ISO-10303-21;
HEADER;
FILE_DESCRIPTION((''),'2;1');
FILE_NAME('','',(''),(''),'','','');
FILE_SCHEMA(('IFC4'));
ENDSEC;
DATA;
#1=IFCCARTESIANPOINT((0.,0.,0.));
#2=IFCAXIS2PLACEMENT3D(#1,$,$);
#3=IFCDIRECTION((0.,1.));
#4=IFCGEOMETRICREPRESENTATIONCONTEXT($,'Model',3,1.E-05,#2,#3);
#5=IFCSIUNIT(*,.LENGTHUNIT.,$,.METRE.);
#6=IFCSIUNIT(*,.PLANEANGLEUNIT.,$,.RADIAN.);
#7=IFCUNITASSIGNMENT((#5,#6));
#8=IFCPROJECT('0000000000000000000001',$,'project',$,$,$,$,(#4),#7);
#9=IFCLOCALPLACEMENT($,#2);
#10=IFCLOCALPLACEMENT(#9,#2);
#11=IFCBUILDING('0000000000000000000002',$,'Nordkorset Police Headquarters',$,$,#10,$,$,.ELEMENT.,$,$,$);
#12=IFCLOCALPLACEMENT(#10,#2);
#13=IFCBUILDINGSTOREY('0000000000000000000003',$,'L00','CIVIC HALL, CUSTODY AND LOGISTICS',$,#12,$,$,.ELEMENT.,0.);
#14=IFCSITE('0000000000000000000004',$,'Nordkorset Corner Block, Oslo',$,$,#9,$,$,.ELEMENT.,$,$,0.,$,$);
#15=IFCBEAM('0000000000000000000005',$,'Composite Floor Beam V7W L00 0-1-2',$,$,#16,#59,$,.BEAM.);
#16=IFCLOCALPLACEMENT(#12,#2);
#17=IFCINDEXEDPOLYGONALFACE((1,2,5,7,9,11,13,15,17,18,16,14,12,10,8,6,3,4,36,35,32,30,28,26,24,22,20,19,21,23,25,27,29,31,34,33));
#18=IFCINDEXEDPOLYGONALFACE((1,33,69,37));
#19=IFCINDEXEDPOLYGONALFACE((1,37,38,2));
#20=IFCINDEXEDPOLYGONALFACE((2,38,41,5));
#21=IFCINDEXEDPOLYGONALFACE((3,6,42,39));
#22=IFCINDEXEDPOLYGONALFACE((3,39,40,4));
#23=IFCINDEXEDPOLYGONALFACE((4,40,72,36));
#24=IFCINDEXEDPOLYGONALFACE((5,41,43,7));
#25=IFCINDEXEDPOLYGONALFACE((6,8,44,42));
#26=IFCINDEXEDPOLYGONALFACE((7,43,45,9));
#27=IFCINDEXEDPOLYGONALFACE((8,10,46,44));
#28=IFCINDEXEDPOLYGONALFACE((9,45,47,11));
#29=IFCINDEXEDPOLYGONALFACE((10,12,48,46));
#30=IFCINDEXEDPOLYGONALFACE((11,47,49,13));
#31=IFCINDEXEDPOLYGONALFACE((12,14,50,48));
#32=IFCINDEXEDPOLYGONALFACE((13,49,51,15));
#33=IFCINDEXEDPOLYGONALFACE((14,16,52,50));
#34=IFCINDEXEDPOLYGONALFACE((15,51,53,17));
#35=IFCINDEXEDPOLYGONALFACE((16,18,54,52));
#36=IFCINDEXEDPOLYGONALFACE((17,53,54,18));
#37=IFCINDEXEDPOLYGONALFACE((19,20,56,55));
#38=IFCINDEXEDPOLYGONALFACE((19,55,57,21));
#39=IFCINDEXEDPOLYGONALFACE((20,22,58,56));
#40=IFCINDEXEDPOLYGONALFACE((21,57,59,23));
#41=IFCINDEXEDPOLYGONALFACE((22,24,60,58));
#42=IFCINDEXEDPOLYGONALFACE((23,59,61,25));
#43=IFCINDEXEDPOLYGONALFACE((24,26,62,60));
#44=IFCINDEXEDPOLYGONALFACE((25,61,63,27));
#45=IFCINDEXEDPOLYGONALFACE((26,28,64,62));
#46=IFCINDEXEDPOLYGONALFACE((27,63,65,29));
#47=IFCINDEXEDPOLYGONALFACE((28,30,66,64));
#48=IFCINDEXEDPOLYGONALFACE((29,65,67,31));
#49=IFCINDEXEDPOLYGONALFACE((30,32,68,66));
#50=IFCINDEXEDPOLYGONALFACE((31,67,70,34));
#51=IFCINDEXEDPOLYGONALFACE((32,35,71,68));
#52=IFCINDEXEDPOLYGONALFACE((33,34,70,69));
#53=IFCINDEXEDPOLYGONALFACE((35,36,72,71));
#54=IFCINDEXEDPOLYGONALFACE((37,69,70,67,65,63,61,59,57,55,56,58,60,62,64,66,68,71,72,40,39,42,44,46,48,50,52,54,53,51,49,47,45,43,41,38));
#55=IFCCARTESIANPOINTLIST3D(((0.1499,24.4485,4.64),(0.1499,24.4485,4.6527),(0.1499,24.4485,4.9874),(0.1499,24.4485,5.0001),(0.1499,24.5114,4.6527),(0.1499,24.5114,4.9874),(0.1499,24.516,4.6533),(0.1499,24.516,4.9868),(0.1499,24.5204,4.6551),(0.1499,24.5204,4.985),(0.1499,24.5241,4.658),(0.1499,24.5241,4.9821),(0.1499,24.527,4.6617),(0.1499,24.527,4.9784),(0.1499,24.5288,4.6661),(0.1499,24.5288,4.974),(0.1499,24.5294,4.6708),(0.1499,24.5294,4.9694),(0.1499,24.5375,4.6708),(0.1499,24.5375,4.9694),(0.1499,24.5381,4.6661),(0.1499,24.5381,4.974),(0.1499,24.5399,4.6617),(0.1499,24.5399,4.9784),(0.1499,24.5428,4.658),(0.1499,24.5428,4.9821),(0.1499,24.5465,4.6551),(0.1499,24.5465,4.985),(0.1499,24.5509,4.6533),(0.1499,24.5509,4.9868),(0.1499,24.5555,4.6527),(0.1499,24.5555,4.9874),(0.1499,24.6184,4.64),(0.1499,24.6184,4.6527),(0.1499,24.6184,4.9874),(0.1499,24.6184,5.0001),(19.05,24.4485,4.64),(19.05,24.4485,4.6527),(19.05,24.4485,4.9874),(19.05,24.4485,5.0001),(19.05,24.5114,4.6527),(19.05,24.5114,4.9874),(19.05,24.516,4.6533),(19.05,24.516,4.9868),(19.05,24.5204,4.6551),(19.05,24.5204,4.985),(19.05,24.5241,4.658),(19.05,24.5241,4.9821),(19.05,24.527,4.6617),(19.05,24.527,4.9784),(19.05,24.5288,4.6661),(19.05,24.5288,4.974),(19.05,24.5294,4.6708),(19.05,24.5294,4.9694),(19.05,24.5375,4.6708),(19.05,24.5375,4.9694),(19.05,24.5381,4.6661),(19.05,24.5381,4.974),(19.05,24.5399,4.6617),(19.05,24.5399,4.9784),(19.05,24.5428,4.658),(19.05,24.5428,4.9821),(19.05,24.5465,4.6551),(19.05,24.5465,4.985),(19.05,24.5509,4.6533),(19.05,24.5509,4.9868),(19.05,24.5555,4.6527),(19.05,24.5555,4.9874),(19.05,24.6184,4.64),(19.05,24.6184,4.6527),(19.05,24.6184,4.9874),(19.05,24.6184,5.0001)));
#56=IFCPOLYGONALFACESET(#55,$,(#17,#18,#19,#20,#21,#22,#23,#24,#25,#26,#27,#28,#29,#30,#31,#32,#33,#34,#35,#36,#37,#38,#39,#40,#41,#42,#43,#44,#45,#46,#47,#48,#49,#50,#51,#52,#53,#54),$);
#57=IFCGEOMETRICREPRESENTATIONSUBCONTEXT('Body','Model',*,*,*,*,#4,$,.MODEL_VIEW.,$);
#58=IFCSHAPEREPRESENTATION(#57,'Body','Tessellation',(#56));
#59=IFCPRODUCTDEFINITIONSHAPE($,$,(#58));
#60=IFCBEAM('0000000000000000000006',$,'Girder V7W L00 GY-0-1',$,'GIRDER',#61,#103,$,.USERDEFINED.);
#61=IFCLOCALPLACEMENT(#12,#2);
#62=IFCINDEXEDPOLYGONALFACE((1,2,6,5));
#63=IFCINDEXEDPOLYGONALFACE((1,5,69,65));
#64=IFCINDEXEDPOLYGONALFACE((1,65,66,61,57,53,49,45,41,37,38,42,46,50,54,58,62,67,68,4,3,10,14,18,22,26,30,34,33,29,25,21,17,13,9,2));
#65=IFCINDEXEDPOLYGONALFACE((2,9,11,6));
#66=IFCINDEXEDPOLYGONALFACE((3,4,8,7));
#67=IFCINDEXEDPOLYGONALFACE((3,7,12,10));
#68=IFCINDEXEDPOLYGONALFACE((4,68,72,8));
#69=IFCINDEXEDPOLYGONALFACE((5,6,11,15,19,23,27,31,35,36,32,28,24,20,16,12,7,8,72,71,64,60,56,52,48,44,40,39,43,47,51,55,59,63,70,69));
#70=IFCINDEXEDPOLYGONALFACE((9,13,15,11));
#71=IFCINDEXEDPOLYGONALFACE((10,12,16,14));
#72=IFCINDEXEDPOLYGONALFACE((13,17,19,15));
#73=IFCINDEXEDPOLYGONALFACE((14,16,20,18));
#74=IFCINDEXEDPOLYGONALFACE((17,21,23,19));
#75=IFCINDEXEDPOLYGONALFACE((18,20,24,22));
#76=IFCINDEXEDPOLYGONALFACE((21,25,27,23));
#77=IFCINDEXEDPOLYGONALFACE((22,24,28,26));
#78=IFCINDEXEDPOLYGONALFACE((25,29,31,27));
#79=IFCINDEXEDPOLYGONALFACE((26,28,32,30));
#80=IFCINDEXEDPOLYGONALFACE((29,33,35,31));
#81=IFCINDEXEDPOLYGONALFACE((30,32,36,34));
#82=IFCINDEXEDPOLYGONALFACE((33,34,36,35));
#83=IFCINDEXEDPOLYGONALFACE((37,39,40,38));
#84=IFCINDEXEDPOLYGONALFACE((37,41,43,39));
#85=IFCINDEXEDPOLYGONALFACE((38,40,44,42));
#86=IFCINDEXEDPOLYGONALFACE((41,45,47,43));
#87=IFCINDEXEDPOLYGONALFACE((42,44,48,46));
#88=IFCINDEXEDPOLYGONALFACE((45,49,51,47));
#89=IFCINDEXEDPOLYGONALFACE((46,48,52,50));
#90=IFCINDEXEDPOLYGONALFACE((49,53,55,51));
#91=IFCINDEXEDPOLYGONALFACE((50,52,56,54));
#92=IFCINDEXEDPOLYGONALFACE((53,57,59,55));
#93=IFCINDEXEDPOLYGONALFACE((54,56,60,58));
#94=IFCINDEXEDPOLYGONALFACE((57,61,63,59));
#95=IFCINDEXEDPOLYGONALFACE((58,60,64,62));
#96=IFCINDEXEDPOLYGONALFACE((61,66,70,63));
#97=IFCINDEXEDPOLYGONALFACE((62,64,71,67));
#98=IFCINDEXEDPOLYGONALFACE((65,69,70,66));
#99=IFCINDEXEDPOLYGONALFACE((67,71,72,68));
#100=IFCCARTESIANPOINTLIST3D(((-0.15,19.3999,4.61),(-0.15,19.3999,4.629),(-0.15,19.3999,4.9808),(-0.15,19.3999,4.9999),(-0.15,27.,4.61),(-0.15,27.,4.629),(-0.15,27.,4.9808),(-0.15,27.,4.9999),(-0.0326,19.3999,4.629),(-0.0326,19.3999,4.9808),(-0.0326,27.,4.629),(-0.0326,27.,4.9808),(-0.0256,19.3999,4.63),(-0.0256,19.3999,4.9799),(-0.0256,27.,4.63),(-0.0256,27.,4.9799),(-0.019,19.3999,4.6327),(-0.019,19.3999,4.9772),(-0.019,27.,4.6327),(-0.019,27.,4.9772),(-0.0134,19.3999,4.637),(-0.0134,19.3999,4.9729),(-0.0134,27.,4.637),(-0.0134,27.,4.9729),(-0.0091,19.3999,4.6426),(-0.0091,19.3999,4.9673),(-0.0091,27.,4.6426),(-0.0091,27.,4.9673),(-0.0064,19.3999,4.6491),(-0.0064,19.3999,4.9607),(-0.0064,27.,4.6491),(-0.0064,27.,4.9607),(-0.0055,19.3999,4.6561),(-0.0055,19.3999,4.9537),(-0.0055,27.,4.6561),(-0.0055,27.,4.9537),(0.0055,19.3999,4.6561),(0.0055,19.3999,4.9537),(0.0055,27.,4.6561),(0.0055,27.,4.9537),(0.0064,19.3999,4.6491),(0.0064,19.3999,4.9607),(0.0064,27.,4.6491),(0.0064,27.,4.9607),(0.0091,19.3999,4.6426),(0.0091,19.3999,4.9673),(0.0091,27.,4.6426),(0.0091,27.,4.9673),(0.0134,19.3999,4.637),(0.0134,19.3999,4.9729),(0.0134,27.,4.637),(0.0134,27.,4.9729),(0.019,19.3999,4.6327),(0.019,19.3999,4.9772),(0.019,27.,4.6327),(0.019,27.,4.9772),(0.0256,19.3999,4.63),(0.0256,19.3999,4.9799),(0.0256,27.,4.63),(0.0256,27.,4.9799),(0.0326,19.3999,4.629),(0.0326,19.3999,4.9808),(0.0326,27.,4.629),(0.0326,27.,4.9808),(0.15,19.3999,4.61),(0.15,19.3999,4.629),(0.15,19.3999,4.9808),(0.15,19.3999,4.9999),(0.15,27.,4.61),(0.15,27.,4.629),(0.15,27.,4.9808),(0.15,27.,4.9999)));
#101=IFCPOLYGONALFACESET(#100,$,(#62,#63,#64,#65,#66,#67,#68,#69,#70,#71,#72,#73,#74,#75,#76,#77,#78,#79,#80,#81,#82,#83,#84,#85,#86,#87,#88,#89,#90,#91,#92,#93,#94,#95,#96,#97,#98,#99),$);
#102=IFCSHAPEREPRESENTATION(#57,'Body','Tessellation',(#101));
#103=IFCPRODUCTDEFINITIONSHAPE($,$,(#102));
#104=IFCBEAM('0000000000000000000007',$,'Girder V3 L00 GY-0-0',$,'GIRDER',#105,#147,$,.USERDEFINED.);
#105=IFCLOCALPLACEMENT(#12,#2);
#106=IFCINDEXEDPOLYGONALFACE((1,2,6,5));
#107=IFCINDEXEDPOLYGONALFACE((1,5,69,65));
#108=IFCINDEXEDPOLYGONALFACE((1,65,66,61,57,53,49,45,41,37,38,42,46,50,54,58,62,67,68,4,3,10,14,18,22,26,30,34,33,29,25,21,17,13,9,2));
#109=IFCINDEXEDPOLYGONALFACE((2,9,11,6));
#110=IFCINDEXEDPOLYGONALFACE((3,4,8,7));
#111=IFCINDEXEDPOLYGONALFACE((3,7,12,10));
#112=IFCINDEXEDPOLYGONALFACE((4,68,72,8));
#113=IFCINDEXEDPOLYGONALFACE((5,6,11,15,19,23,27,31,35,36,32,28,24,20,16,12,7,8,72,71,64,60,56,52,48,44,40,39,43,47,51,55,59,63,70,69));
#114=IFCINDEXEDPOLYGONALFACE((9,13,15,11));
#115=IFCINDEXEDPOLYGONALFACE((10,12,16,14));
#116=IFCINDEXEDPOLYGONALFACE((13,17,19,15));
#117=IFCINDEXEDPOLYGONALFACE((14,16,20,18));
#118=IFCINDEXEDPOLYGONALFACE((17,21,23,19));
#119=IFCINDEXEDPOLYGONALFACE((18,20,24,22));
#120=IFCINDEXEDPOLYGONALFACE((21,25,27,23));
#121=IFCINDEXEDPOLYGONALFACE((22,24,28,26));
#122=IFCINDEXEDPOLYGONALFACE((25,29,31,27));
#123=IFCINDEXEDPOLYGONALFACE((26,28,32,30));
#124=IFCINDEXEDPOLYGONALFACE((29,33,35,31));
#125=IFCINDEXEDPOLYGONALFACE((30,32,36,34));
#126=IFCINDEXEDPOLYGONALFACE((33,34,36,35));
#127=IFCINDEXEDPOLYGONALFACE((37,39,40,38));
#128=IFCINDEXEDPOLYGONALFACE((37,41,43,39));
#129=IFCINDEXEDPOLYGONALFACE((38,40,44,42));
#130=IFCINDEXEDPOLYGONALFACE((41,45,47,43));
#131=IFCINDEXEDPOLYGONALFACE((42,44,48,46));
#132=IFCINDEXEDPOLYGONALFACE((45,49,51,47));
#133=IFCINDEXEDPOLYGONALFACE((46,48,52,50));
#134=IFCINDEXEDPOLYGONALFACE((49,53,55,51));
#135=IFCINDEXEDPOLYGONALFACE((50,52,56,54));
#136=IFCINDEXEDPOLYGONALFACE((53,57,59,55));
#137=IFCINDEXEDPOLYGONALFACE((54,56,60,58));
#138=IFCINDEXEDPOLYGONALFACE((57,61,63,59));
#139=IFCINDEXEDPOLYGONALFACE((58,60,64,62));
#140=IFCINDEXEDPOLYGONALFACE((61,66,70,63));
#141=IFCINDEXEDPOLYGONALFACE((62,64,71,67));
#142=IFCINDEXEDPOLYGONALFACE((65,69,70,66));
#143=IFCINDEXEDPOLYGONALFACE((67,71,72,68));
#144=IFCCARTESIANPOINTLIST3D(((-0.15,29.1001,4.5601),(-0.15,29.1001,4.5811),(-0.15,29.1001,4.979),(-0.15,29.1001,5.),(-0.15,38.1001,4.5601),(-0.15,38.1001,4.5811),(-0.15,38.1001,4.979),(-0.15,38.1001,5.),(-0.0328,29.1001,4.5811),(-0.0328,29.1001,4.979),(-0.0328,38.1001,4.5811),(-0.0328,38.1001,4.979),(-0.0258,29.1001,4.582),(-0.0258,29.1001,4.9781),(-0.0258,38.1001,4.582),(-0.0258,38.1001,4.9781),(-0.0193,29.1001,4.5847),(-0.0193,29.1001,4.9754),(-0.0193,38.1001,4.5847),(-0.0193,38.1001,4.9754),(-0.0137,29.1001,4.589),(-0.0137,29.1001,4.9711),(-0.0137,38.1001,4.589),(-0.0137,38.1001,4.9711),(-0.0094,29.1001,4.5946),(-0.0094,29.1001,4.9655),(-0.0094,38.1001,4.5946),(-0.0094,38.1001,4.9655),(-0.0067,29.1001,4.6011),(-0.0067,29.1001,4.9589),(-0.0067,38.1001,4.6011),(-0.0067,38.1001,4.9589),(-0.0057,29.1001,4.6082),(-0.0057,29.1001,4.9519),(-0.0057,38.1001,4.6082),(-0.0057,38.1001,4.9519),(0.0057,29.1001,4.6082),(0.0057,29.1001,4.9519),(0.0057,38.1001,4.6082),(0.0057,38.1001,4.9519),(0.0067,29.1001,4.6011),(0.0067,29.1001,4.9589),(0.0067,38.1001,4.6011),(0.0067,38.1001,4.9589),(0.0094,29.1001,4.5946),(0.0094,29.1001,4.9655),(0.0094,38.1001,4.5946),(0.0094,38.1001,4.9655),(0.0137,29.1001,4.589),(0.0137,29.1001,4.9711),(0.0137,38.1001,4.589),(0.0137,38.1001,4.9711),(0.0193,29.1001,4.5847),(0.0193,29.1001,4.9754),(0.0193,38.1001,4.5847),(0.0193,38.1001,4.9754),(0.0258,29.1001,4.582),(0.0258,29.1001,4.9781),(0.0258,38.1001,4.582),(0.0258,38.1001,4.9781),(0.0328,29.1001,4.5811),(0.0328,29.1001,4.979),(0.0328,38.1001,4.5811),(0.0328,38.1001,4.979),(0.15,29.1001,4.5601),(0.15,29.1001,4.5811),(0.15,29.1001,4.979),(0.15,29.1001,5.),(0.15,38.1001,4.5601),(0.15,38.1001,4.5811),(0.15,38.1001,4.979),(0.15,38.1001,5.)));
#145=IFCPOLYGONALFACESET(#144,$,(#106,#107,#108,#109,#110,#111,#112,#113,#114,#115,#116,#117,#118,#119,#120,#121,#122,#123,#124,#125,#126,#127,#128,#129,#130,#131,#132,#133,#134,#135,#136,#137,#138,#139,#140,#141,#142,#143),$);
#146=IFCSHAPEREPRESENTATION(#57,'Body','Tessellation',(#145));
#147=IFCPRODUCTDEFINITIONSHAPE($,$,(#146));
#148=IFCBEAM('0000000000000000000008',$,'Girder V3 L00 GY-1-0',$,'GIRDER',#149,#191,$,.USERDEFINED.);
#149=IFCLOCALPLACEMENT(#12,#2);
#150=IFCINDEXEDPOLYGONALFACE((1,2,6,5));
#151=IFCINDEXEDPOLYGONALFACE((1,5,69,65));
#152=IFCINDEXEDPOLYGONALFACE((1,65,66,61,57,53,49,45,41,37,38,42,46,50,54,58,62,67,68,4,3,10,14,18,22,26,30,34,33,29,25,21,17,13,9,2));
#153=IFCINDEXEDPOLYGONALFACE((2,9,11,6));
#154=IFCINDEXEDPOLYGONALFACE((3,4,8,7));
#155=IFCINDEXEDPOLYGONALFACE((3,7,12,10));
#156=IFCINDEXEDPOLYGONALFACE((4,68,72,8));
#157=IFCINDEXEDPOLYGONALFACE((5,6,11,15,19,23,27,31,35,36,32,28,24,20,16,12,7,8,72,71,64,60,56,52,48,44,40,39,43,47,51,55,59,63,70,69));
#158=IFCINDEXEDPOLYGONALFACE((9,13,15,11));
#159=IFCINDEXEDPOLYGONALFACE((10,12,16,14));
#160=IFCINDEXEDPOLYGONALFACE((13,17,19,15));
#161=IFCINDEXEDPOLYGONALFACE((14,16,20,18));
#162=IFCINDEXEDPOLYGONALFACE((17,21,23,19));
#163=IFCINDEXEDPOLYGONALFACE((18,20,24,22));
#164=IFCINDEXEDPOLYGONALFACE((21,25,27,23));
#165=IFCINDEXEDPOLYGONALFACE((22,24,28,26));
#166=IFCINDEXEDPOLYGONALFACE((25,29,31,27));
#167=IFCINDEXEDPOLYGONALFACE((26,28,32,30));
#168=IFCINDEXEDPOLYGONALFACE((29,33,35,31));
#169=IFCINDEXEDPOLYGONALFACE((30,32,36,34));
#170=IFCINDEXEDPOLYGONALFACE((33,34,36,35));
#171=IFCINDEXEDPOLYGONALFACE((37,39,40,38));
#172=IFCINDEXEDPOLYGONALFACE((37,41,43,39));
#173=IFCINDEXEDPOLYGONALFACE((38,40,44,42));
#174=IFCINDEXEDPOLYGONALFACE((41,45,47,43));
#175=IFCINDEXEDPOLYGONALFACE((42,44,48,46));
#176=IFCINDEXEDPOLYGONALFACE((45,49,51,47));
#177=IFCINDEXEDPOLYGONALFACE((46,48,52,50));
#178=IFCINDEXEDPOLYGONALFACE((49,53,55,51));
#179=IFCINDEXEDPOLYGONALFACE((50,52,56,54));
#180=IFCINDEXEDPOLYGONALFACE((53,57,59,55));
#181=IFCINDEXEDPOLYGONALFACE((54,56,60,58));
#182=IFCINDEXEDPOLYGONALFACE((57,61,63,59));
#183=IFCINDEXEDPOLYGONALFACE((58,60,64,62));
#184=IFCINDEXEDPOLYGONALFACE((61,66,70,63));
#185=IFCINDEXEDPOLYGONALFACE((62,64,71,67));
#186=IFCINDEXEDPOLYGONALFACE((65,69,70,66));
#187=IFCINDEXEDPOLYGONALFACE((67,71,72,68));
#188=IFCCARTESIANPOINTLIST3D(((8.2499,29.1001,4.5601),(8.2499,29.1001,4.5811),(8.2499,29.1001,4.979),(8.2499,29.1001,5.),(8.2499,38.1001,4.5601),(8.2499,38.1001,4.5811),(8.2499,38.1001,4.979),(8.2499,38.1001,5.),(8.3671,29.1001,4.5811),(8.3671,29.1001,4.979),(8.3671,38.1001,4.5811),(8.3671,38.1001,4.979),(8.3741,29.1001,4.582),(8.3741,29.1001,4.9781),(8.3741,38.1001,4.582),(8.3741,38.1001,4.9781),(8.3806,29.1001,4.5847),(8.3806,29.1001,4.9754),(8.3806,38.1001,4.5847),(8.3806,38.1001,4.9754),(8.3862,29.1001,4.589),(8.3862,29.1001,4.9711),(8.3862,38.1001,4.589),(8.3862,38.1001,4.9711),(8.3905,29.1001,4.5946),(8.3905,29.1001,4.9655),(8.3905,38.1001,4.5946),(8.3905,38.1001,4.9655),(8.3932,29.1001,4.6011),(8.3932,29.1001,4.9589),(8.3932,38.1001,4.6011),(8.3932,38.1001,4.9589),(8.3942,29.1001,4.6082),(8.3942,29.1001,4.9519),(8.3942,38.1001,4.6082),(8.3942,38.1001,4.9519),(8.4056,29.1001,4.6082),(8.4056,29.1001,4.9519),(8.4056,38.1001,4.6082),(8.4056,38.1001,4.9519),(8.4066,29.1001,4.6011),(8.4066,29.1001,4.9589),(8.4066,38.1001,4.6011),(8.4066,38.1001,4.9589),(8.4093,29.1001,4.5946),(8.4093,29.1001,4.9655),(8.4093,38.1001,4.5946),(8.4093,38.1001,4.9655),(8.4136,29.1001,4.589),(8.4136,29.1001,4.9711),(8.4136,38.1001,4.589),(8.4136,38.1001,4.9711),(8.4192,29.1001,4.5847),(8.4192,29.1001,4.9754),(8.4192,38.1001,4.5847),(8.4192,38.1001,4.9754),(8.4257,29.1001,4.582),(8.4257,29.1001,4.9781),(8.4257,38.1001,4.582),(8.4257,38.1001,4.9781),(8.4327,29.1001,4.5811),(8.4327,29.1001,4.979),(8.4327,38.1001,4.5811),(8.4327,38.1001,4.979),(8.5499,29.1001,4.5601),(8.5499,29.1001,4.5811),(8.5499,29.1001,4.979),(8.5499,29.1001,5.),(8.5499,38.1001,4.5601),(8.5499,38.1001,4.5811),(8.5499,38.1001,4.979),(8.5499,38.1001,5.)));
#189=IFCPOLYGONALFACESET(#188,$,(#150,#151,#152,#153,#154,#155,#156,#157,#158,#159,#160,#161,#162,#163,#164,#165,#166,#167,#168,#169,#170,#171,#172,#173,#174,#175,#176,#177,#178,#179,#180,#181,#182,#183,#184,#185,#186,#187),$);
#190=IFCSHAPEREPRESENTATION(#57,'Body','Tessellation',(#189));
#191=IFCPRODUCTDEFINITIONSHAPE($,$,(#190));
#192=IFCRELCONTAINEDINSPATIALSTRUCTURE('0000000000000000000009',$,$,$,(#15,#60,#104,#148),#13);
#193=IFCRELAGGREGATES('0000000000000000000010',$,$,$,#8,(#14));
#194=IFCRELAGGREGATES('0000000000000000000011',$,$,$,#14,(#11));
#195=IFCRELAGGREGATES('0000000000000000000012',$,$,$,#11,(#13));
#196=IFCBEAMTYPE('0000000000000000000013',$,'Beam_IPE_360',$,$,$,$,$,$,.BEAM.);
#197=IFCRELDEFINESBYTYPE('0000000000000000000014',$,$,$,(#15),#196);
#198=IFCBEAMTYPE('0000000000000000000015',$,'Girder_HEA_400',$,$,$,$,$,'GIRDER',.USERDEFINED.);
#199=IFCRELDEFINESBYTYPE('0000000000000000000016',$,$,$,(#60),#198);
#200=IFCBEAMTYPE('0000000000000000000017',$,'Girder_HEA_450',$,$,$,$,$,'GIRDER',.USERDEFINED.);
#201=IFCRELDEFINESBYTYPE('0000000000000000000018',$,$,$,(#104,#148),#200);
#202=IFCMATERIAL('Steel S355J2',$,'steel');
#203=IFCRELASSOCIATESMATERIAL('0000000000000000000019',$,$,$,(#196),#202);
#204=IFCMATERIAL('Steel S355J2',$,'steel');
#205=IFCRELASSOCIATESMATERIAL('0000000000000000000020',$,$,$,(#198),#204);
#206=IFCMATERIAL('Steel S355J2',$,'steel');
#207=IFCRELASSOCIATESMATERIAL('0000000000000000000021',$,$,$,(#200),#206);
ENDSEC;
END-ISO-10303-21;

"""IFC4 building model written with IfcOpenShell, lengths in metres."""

from ifc_helpers import new_model, si_unit, direction, frame, origin, origin_2d, place, context, subcontext, project, spatial, i_section, extrude, material, material_profile, profile_set, type_object, element, save


model = new_model("IFC4")

# Units and contexts
model_context = context("Model", 3, precision=1e-05, world=origin(), true_north=direction((0.0, 1.0)))
body_context = subcontext(model_context, "Body", "Model", "MODEL_VIEW")
ifc_project = project(units=[si_unit("LENGTHUNIT", "METRE"), si_unit("PLANEANGLEUNIT", "RADIAN")], contexts=[model_context])

# Site, building, storey
site_placement = place(None, origin())
site = spatial("IfcSite", under=ifc_project, at=site_placement, Name="Nordkorset Corner Block, Oslo", CompositionType="ELEMENT", RefElevation=0.0)
building_placement = place(site_placement, origin())
building = spatial("IfcBuilding", under=site, at=building_placement, Name="Nordkorset Police Headquarters", CompositionType="ELEMENT")
storey_placement = place(building_placement, origin())
storey = spatial("IfcBuildingStorey", under=building, at=storey_placement, Name="L00", Description="CIVIC HALL, CUSTODY AND LOGISTICS", CompositionType="ELEMENT", Elevation=0.0)

# Beams
ifc_material_1 = material(Name="Steel S355J2", Category="steel")
ifc_material_profile_1 = material_profile(ifc_material_1, i_section(OverallWidth=0.1699, OverallDepth=0.3601, WebThickness=0.0081, FlangeThickness=0.0127, FilletRadius=0.0181, at=origin_2d()), Name="IPE 360")
ifc_profile_set_1 = profile_set([ifc_material_profile_1], Name="Steel S355J2")
beam_type_1 = type_object("IfcBeamType", Name="Beam_IPE_360", PredefinedType="BEAM", material=ifc_profile_set_1)
for number, where, z_axis, x_axis, name in (
    (1, (0.1499, 24.5334, 4.8201), (1.0, 0.0, 0.0), (0.0, 1.0, 0.0), "Composite Floor Beam V7W L00 0-1-2"),
):
    element("IfcBeam", number, at=place(storey_placement, frame(where, z_axis=z_axis, x_axis=x_axis)), inside=storey, type_object=beam_type_1, Name=name, PredefinedType="BEAM", context=body_context, shape_type="SweptSolid", body=[
        extrude(i_section(OverallWidth=0.1699, OverallDepth=0.3601, WebThickness=0.0081, FlangeThickness=0.0127, FilletRadius=0.0181, at=origin_2d()), origin(), (0.0, 0.0, 1.0), 18.9001),
    ])
ifc_material_2 = material(Name="Steel S355J2", Category="steel")
ifc_material_profile_2 = material_profile(ifc_material_2, i_section(OverallWidth=0.3, OverallDepth=0.3899, WebThickness=0.011, FlangeThickness=0.019, FilletRadius=0.0271, at=origin_2d()), Name="HEA 400")
ifc_profile_set_2 = profile_set([ifc_material_profile_2], Name="Steel S355J2")
beam_type_2 = type_object("IfcBeamType", Name="Girder_HEA_400", ElementType="GIRDER", PredefinedType="USERDEFINED", material=ifc_profile_set_2)
beam_1_placement = place(storey_placement, frame((0.0, 19.3999, 4.8049), z_axis=(0.0, 1.0, 0.0), x_axis=(-1.0, 0.0, 0.0)))
element("IfcBeam", 2, at=beam_1_placement, inside=storey, type_object=beam_type_2, Name="Girder V7W L00 GY-0-1", ObjectType="GIRDER", PredefinedType="USERDEFINED", context=body_context, shape_type="SweptSolid", body=[
    extrude(i_section(OverallWidth=0.3, OverallDepth=0.3899, WebThickness=0.011, FlangeThickness=0.019, FilletRadius=0.0271, at=origin_2d()), origin(), (0.0, 0.0, 1.0), 7.6001),
])
ifc_material_3 = material(Name="Steel S355J2", Category="steel")
ifc_material_profile_3 = material_profile(ifc_material_3, i_section(OverallWidth=0.3, OverallDepth=0.4399, WebThickness=0.0115, FlangeThickness=0.021, FilletRadius=0.0271, at=origin_2d()), Name="HEA 450")
ifc_profile_set_3 = profile_set([ifc_material_profile_3], Name="Steel S355J2")
beam_type_3 = type_object("IfcBeamType", Name="Girder_HEA_450", ElementType="GIRDER", PredefinedType="USERDEFINED", material=ifc_profile_set_3)
for number, where, z_axis, x_axis, name in (
    (3, (0.0, 29.1001, 4.78), (0.0, 1.0, 0.0), (-1.0, 0.0, 0.0), "Girder V3 L00 GY-0-0"),
    (4, (8.3999, 29.1001, 4.78), (0.0, 1.0, 0.0), (-1.0, 0.0, 0.0), "Girder V3 L00 GY-1-0"),
):
    element("IfcBeam", number, at=place(storey_placement, frame(where, z_axis=z_axis, x_axis=x_axis)), inside=storey, type_object=beam_type_3, Name=name, ObjectType="GIRDER", PredefinedType="USERDEFINED", context=body_context, shape_type="SweptSolid", body=[
        extrude(i_section(OverallWidth=0.3, OverallDepth=0.4399, WebThickness=0.0115, FlangeThickness=0.021, FilletRadius=0.0271, at=origin_2d()), origin(), (0.0, 0.0, 1.0), 9.0),
    ])

save(model, "model.ifc")
